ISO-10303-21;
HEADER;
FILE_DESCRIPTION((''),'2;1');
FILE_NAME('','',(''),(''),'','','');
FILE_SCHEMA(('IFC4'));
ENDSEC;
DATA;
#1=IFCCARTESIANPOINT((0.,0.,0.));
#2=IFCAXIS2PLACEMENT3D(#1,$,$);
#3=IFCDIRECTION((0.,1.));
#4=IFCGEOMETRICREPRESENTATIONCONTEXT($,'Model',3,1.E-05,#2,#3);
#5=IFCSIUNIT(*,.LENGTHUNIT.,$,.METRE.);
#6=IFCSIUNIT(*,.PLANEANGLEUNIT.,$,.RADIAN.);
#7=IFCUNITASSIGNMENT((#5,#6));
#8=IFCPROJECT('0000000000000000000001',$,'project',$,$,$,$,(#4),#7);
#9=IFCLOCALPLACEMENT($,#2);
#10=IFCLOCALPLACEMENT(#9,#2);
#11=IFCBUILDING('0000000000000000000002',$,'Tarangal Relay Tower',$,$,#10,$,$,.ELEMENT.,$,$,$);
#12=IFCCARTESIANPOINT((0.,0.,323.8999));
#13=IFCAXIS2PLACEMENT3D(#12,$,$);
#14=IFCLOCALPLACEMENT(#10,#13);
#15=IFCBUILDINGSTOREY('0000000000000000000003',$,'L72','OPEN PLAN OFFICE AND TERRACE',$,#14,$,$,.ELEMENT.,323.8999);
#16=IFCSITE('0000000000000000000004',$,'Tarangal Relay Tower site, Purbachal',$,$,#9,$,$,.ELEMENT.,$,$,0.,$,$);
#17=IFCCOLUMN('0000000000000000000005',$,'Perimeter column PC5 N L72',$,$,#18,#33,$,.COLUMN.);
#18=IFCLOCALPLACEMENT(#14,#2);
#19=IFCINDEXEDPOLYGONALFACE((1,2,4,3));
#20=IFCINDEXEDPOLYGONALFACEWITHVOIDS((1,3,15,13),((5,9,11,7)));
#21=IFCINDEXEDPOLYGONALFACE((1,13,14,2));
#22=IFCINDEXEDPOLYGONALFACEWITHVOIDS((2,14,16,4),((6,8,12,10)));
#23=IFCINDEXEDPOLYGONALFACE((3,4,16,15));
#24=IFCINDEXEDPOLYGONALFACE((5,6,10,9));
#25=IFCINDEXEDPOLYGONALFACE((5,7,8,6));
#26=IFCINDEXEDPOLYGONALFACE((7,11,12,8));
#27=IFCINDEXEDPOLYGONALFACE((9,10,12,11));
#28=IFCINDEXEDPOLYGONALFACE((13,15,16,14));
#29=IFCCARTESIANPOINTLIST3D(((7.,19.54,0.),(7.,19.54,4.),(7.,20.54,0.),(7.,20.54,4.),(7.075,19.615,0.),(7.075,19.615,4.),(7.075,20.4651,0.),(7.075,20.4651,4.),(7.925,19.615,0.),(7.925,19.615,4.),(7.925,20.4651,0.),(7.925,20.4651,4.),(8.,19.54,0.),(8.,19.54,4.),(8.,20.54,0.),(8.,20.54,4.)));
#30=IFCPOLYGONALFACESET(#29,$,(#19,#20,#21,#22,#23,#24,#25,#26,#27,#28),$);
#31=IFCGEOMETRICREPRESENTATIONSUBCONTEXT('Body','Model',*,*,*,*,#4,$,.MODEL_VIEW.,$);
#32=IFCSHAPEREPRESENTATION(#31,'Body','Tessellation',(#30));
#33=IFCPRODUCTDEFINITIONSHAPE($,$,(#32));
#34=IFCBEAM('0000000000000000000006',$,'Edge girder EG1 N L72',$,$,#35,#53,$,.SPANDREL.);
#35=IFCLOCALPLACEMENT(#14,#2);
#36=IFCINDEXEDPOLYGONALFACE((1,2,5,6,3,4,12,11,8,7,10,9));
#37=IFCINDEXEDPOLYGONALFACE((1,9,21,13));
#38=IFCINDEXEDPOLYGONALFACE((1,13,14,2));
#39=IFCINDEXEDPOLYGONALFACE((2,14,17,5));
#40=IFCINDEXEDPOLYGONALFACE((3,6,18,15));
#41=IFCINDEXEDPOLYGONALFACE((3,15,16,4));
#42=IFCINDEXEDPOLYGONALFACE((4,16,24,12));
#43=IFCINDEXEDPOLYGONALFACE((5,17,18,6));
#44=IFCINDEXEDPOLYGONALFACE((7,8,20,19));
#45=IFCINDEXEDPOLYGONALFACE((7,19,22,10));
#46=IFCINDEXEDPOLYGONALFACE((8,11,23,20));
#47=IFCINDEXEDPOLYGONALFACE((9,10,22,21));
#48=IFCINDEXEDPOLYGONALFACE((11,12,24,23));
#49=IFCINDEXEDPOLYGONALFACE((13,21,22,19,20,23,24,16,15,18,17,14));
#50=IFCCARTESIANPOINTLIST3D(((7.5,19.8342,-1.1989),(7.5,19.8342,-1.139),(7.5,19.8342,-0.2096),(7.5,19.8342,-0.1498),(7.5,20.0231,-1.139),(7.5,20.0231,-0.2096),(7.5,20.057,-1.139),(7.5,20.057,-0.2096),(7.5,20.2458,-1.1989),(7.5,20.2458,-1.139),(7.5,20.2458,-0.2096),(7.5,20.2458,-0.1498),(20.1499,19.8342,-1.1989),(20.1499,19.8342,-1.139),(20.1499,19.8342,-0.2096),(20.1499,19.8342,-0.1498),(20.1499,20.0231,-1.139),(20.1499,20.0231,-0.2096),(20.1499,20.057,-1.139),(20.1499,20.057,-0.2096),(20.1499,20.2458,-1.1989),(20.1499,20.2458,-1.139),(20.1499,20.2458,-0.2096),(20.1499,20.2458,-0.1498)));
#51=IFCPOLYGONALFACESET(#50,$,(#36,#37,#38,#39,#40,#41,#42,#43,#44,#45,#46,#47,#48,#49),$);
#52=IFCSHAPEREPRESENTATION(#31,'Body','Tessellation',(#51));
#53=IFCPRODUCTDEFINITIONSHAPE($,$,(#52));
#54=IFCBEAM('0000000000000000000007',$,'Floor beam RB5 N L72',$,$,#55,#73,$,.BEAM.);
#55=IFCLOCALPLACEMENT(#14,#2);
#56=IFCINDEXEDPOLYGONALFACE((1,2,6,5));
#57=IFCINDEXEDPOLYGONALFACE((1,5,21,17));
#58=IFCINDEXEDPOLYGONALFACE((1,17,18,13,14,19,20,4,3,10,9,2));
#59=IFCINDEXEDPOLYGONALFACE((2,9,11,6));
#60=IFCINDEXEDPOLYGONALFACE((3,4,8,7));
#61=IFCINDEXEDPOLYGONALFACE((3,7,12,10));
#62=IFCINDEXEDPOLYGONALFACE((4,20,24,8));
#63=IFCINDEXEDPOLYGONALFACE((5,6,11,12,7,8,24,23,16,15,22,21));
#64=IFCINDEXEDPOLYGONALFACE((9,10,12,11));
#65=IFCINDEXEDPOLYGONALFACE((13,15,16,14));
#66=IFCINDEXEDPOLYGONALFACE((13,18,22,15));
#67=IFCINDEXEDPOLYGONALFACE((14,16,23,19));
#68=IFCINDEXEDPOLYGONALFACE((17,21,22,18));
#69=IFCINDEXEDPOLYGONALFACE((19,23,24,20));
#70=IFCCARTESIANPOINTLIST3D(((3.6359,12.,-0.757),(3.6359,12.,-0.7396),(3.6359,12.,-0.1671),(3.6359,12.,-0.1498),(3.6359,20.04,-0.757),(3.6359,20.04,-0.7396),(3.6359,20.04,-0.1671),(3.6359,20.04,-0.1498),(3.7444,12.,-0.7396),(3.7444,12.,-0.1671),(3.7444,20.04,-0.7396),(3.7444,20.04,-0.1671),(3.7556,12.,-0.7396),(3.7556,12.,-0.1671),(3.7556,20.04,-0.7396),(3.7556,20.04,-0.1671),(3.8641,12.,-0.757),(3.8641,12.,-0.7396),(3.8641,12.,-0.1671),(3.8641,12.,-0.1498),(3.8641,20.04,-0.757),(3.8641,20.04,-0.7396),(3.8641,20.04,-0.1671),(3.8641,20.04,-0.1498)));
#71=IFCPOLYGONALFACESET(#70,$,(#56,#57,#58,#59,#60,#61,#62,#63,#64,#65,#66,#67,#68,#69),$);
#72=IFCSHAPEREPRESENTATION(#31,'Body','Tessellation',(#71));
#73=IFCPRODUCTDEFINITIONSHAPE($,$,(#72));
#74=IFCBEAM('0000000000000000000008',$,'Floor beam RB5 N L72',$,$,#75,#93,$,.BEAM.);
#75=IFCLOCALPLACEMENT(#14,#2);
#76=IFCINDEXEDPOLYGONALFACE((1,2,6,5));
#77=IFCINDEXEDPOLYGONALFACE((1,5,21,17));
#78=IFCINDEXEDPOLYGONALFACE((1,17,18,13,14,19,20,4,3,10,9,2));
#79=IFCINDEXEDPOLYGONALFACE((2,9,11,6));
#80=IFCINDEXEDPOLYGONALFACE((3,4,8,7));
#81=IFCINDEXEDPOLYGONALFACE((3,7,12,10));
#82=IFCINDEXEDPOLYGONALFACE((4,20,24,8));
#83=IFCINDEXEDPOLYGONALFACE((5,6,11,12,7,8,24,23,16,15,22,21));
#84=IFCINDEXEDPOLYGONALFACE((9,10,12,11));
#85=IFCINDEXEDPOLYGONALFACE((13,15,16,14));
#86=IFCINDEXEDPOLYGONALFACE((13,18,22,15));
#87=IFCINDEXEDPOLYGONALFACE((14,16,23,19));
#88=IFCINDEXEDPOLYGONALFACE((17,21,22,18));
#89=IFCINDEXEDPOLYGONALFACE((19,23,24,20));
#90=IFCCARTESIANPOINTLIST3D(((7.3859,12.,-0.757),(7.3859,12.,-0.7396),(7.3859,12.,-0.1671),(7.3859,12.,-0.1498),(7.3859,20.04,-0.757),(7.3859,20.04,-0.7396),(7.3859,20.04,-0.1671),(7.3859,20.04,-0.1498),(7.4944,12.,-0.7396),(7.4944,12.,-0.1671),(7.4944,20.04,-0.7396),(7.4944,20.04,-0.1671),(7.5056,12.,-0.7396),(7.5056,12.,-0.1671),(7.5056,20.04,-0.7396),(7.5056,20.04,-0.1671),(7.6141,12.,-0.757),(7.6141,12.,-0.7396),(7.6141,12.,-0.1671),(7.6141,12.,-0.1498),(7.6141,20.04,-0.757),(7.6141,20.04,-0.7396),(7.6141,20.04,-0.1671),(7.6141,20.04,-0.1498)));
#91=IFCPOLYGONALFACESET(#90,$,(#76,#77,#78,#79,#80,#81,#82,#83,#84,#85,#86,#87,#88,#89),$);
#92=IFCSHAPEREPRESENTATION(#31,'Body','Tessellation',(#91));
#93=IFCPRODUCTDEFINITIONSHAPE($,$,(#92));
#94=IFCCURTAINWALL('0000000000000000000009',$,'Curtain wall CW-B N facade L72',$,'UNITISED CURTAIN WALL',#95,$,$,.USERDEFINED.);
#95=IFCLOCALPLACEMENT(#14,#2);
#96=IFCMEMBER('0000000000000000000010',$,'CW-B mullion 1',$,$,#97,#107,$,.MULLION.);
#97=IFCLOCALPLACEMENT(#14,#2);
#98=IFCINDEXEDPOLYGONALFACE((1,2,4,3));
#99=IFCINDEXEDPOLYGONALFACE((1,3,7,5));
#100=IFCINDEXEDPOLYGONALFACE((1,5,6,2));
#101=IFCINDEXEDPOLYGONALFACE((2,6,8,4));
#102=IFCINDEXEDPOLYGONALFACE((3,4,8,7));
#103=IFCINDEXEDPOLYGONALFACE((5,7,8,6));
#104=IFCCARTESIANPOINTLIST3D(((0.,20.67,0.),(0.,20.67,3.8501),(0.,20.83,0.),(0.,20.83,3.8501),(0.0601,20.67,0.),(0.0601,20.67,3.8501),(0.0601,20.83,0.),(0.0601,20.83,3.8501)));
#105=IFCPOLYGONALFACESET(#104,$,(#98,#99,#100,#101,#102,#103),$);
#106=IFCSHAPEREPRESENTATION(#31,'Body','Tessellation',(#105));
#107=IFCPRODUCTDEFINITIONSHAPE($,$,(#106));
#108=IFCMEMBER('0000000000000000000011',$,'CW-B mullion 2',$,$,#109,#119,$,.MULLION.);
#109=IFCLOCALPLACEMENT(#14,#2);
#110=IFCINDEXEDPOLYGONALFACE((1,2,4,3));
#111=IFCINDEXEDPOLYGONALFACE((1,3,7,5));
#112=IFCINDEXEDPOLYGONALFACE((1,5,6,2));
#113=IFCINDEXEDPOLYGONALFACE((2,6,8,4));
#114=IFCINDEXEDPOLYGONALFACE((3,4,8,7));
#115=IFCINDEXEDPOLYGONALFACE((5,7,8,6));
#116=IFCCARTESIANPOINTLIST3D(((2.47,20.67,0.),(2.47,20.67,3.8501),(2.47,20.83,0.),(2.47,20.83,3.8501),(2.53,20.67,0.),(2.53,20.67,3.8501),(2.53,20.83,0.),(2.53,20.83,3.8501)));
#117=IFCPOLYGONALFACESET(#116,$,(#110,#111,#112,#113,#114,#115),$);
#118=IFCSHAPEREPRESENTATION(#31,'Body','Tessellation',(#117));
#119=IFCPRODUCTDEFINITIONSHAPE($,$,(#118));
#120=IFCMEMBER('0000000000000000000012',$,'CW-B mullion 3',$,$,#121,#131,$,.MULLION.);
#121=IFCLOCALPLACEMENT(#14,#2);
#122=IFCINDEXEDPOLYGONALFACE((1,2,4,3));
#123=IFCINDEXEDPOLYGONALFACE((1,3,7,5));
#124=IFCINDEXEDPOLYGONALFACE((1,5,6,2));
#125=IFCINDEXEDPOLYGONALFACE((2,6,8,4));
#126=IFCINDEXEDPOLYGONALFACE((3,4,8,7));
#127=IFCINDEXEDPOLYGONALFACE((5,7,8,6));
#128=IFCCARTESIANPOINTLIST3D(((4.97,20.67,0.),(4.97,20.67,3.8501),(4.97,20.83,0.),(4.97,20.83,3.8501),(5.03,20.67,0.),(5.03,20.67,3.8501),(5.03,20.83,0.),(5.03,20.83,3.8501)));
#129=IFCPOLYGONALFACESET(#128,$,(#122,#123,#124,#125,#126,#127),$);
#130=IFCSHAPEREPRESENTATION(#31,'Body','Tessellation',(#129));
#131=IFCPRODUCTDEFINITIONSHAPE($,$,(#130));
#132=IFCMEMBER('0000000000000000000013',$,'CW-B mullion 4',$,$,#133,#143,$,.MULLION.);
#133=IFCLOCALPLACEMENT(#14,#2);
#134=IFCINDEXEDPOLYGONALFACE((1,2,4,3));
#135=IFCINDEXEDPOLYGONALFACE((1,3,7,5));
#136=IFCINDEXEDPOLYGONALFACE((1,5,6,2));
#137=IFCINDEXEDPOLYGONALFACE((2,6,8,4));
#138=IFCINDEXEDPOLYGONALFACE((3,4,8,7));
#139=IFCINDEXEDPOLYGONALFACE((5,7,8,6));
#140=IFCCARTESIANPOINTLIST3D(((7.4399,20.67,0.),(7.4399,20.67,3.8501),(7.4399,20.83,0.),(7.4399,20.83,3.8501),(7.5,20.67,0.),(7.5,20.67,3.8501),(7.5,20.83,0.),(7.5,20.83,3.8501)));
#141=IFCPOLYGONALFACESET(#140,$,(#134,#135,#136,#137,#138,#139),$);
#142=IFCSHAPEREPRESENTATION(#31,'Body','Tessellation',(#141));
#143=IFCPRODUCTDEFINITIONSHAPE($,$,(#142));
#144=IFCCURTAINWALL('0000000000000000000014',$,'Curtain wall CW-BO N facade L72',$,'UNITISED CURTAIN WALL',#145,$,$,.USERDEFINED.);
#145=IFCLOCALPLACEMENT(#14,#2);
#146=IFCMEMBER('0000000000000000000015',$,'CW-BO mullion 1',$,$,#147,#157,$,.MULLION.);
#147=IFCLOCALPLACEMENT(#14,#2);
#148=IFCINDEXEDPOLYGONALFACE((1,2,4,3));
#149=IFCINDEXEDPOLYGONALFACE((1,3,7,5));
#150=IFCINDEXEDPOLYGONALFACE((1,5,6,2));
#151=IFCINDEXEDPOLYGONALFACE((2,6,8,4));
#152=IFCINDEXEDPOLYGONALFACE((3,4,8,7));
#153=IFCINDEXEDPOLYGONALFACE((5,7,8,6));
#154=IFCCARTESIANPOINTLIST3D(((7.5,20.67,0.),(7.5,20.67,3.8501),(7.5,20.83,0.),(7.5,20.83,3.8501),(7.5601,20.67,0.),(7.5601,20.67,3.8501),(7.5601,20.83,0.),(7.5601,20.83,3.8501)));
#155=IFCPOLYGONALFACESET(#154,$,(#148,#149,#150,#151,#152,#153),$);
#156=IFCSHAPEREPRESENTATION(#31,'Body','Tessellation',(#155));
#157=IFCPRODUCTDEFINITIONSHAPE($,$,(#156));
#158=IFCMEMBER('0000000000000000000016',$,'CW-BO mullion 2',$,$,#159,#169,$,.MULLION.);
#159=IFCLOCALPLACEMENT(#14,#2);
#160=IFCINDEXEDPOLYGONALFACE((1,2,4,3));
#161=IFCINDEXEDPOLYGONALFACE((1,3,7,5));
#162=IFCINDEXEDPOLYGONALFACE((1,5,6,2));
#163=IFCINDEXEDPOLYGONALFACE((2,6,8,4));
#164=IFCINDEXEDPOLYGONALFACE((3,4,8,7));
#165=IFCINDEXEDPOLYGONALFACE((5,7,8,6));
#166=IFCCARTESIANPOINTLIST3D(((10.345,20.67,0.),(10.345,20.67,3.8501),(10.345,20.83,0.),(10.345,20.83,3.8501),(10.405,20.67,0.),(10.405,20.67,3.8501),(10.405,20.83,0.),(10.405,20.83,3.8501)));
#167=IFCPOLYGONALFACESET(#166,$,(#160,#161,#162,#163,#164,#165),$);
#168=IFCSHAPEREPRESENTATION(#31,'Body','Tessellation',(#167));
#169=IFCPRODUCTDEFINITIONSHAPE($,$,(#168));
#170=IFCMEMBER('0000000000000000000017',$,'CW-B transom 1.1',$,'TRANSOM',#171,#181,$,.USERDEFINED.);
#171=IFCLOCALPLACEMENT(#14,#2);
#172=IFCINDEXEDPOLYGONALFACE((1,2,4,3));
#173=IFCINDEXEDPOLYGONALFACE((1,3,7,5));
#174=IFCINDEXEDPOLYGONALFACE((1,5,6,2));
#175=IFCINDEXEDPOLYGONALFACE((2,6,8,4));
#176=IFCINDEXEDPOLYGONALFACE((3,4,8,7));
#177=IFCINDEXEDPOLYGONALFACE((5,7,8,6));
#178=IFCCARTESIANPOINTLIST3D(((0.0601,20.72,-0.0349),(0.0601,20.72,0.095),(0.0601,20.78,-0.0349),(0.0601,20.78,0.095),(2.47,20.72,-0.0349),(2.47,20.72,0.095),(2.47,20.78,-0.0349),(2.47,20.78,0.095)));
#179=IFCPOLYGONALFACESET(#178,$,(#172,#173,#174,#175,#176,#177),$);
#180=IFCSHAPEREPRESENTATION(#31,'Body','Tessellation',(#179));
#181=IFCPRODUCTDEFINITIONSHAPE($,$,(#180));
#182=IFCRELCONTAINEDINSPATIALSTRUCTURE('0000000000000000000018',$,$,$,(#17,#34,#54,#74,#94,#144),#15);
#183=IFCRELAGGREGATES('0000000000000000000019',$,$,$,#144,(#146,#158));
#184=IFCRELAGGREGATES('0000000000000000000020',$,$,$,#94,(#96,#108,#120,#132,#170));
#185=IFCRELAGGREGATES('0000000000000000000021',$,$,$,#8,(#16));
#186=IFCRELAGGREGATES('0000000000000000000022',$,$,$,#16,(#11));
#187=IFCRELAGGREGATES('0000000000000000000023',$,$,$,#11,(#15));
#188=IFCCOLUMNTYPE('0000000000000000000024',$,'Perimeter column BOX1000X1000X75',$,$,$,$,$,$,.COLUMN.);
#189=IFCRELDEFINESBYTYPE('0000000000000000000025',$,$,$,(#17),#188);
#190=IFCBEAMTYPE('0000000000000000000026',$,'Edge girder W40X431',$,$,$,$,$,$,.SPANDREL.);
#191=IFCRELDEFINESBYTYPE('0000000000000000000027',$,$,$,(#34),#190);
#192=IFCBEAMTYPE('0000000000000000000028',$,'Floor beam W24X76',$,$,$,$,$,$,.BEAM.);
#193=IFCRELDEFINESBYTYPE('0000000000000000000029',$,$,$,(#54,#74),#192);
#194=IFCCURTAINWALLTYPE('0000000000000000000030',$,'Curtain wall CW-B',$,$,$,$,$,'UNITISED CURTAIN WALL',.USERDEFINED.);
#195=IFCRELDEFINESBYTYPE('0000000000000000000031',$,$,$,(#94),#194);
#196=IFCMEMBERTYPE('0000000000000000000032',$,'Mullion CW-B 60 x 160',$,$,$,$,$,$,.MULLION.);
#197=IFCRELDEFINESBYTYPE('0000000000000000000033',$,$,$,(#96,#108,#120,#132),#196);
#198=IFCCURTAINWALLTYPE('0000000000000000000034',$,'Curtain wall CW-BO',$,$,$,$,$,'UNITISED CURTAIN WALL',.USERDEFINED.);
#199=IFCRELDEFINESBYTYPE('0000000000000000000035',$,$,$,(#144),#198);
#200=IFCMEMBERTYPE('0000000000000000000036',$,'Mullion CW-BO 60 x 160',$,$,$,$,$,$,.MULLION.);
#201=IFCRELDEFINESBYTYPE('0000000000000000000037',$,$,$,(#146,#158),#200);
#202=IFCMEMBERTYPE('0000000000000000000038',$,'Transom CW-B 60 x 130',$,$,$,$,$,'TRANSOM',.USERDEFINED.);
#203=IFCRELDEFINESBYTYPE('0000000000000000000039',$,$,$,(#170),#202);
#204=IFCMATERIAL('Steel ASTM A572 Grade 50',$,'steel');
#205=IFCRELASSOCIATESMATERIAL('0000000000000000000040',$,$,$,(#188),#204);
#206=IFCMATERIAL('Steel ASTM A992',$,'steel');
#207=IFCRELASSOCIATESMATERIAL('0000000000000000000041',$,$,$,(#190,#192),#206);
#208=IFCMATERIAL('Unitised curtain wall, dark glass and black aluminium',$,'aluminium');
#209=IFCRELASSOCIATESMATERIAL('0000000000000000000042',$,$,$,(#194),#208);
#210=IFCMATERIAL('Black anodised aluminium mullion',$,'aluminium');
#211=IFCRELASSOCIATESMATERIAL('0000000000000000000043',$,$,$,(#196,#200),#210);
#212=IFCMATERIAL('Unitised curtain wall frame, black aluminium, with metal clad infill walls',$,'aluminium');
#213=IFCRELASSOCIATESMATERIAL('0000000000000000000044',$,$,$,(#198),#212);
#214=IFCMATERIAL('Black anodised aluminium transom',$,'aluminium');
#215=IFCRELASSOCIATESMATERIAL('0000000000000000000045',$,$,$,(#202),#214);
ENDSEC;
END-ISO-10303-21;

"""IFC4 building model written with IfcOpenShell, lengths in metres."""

from ifc_helpers import new_model, si_unit, direction, frame, origin, origin_2d, place, context, subcontext, project, spatial, rectangle, hollow_rectangle, i_section, extrude, material, material_profile, profile_set, type_object, element, aggregate, save


model = new_model("IFC4")

# Units and contexts
model_context = context("Model", 3, precision=1e-05, world=origin(), true_north=direction((0.0, 1.0)))
body_context = subcontext(model_context, "Body", "Model", "MODEL_VIEW")
ifc_project = project(units=[si_unit("LENGTHUNIT", "METRE"), si_unit("PLANEANGLEUNIT", "RADIAN")], contexts=[model_context])

# Site, building, storey
site_placement = place(None, origin())
site = spatial("IfcSite", under=ifc_project, at=site_placement, Name="Tarangal Relay Tower site, Purbachal", CompositionType="ELEMENT", RefElevation=0.0)
building_placement = place(site_placement, origin())
building = spatial("IfcBuilding", under=site, at=building_placement, Name="Tarangal Relay Tower", CompositionType="ELEMENT")
storey_placement = place(building_placement, frame((0.0, 0.0, 323.8999)))
storey = spatial("IfcBuildingStorey", under=building, at=storey_placement, Name="L72", Description="OPEN PLAN OFFICE AND TERRACE", CompositionType="ELEMENT", Elevation=323.8999)

# Column
ifc_material_1 = material(Name="Steel ASTM A572 Grade 50", Category="steel")
ifc_material_profile_1 = material_profile(ifc_material_1, hollow_rectangle(XDim=1.0, YDim=1.0, WallThickness=0.075, at=origin_2d()), Name="BOX1000X1000X75")
ifc_profile_set_1 = profile_set([ifc_material_profile_1], Name="Steel ASTM A572 Grade 50")
column_type = type_object("IfcColumnType", Name="Perimeter column BOX1000X1000X75", PredefinedType="COLUMN", material=ifc_profile_set_1)
column_placement = place(storey_placement, frame((7.5, 20.04, 0.0), z_axis=(0.0, 0.0, 1.0), x_axis=(1.0, 0.0, 0.0)))
element("IfcColumn", 1, at=column_placement, inside=storey, type_object=column_type, Name="Perimeter column PC5 N L72", PredefinedType="COLUMN", context=body_context, shape_type="SweptSolid", body=[
    extrude(hollow_rectangle(XDim=1.0, YDim=1.0, WallThickness=0.075, at=origin_2d()), origin(), (0.0, 0.0, 1.0), 4.0),
])

# Beams
ifc_material_2 = material(Name="Steel ASTM A992", Category="steel")
ifc_material_profile_2 = material_profile(ifc_material_2, i_section(OverallWidth=0.4116, OverallDepth=1.0491, WebThickness=0.0339, FlangeThickness=0.0598, at=origin_2d()), Name="W40X431")
ifc_profile_set_2 = profile_set([ifc_material_profile_2], Name="Steel ASTM A992")
beam_type_1 = type_object("IfcBeamType", Name="Edge girder W40X431", PredefinedType="SPANDREL", material=ifc_profile_set_2)
beam_placement = place(storey_placement, frame((7.5, 20.04, -0.6743), z_axis=(1.0, 0.0, 0.0), x_axis=(0.0, 1.0, 0.0)))
element("IfcBeam", 2, at=beam_placement, inside=storey, type_object=beam_type_1, Name="Edge girder EG1 N L72", PredefinedType="SPANDREL", context=body_context, shape_type="SweptSolid", body=[
    extrude(i_section(OverallWidth=0.4116, OverallDepth=1.0491, WebThickness=0.0339, FlangeThickness=0.0598, at=origin_2d()), origin(), (0.0, 0.0, 1.0), 12.6499),
])
ifc_material_profile_3 = material_profile(ifc_material_2, i_section(OverallWidth=0.2283, OverallDepth=0.6072, WebThickness=0.0112, FlangeThickness=0.0173, at=origin_2d()), Name="W24X76")
ifc_profile_set_3 = profile_set([ifc_material_profile_3], Name="Steel ASTM A992")
beam_type_2 = type_object("IfcBeamType", Name="Floor beam W24X76", PredefinedType="BEAM", material=ifc_profile_set_3)
for number, where, z_axis, x_axis, name in (
    (3, (3.75, 12.0, -0.4534), (0.0, 1.0, 0.0), (-1.0, 0.0, 0.0), "Floor beam RB5 N L72"),
    (4, (7.5, 12.0, -0.4534), (0.0, 1.0, 0.0), (-1.0, 0.0, 0.0), "Floor beam RB5 N L72"),
):
    element("IfcBeam", number, at=place(storey_placement, frame(where, z_axis=z_axis, x_axis=x_axis)), inside=storey, type_object=beam_type_2, Name=name, PredefinedType="BEAM", context=body_context, shape_type="SweptSolid", body=[
        extrude(i_section(OverallWidth=0.2283, OverallDepth=0.6072, WebThickness=0.0112, FlangeThickness=0.0173, at=origin_2d()), origin(), (0.0, 0.0, 1.0), 8.04),
    ])

# Curtain walls, members
ifc_material_3 = material(Name="Unitised curtain wall, dark glass and black aluminium", Category="aluminium")
curtain_wall_type_1 = type_object("IfcCurtainWallType", Name="Curtain wall CW-B", ElementType="UNITISED CURTAIN WALL", PredefinedType="USERDEFINED", material=ifc_material_3)
curtain_wall_1_placement = place(storey_placement, origin())
curtain_wall_1 = element("IfcCurtainWall", 5, at=curtain_wall_1_placement, inside=storey, type_object=curtain_wall_type_1, Name="Curtain wall CW-B N facade L72", ObjectType="UNITISED CURTAIN WALL", PredefinedType="USERDEFINED")
ifc_material_4 = material(Name="Black anodised aluminium mullion", Category="aluminium")
ifc_material_profile_4 = material_profile(ifc_material_4, rectangle(XDim=0.1599, YDim=0.0601, at=origin_2d()), Name="CW-BM 60X160")
ifc_profile_set_4 = profile_set([ifc_material_profile_4], Name="Black anodised aluminium mullion")
member_type_1 = type_object("IfcMemberType", Name="Mullion CW-B 60 x 160", PredefinedType="MULLION", material=ifc_profile_set_4)
member_1_placement = place(storey_placement, frame((0.03, 20.75, 0.0), z_axis=(0.0, 0.0, 1.0), x_axis=(0.0, 1.0, 0.0)))
member_1 = element("IfcMember", 6, at=member_1_placement, type_object=member_type_1, Name="CW-B mullion 1", PredefinedType="MULLION", context=body_context, shape_type="SweptSolid", body=[
    extrude(rectangle(XDim=0.1599, YDim=0.0601, at=origin_2d()), origin(), (0.0, 0.0, 1.0), 3.8501),
])
member_2_placement = place(storey_placement, frame((2.5, 20.75, 0.0), z_axis=(0.0, 0.0, 1.0), x_axis=(0.0, 1.0, 0.0)))
member_2 = element("IfcMember", 7, at=member_2_placement, type_object=member_type_1, Name="CW-B mullion 2", PredefinedType="MULLION", context=body_context, shape_type="SweptSolid", body=[
    extrude(rectangle(XDim=0.1599, YDim=0.0601, at=origin_2d()), origin(), (0.0, 0.0, 1.0), 3.8501),
])
member_3_placement = place(storey_placement, frame((5.0, 20.75, 0.0), z_axis=(0.0, 0.0, 1.0), x_axis=(0.0, 1.0, 0.0)))
member_3 = element("IfcMember", 8, at=member_3_placement, type_object=member_type_1, Name="CW-B mullion 3", PredefinedType="MULLION", context=body_context, shape_type="SweptSolid", body=[
    extrude(rectangle(XDim=0.1599, YDim=0.0601, at=origin_2d()), origin(), (0.0, 0.0, 1.0), 3.8501),
])
member_4_placement = place(storey_placement, frame((7.47, 20.75, 0.0), z_axis=(0.0, 0.0, 1.0), x_axis=(0.0, 1.0, 0.0)))
member_4 = element("IfcMember", 9, at=member_4_placement, type_object=member_type_1, Name="CW-B mullion 4", PredefinedType="MULLION", context=body_context, shape_type="SweptSolid", body=[
    extrude(rectangle(XDim=0.1599, YDim=0.0601, at=origin_2d()), origin(), (0.0, 0.0, 1.0), 3.8501),
])
ifc_material_5 = material(Name="Unitised curtain wall frame, black aluminium, with metal clad infill walls", Category="aluminium")
curtain_wall_type_2 = type_object("IfcCurtainWallType", Name="Curtain wall CW-BO", ElementType="UNITISED CURTAIN WALL", PredefinedType="USERDEFINED", material=ifc_material_5)
curtain_wall_2_placement = place(storey_placement, origin())
curtain_wall_2 = element("IfcCurtainWall", 10, at=curtain_wall_2_placement, inside=storey, type_object=curtain_wall_type_2, Name="Curtain wall CW-BO N facade L72", ObjectType="UNITISED CURTAIN WALL", PredefinedType="USERDEFINED")
ifc_material_profile_5 = material_profile(ifc_material_4, rectangle(XDim=0.1599, YDim=0.0601, at=origin_2d()), Name="CW-BOM 60X160")
ifc_profile_set_5 = profile_set([ifc_material_profile_5], Name="Black anodised aluminium mullion")
member_type_2 = type_object("IfcMemberType", Name="Mullion CW-BO 60 x 160", PredefinedType="MULLION", material=ifc_profile_set_5)
member_5_placement = place(storey_placement, frame((7.53, 20.75, 0.0), z_axis=(0.0, 0.0, 1.0), x_axis=(0.0, 1.0, 0.0)))
member_5 = element("IfcMember", 11, at=member_5_placement, type_object=member_type_2, Name="CW-BO mullion 1", PredefinedType="MULLION", context=body_context, shape_type="SweptSolid", body=[
    extrude(rectangle(XDim=0.1599, YDim=0.0601, at=origin_2d()), origin(), (0.0, 0.0, 1.0), 3.8501),
])
member_6_placement = place(storey_placement, frame((10.375, 20.75, 0.0), z_axis=(0.0, 0.0, 1.0), x_axis=(0.0, 1.0, 0.0)))
member_6 = element("IfcMember", 12, at=member_6_placement, type_object=member_type_2, Name="CW-BO mullion 2", PredefinedType="MULLION", context=body_context, shape_type="SweptSolid", body=[
    extrude(rectangle(XDim=0.1599, YDim=0.0601, at=origin_2d()), origin(), (0.0, 0.0, 1.0), 3.8501),
])

# Member
ifc_material_6 = material(Name="Black anodised aluminium transom", Category="aluminium")
ifc_material_profile_6 = material_profile(ifc_material_6, rectangle(XDim=0.0601, YDim=0.1299, at=origin_2d()), Name="CW-BT 60X130")
ifc_profile_set_6 = profile_set([ifc_material_profile_6], Name="Black anodised aluminium transom")
member_type_3 = type_object("IfcMemberType", Name="Transom CW-B 60 x 130", ElementType="TRANSOM", PredefinedType="USERDEFINED", material=ifc_profile_set_6)
member_7_placement = place(storey_placement, frame((0.0601, 20.75, 0.03), z_axis=(1.0, 0.0, 0.0), x_axis=(0.0, 1.0, 0.0)))
member_7 = element("IfcMember", 13, at=member_7_placement, type_object=member_type_3, Name="CW-B transom 1.1", ObjectType="TRANSOM", PredefinedType="USERDEFINED", context=body_context, shape_type="SweptSolid", body=[
    extrude(rectangle(XDim=0.0601, YDim=0.1299, at=origin_2d()), origin(), (0.0, 0.0, 1.0), 2.4099),
])
aggregate(curtain_wall_2, [member_5, member_6])

aggregate(curtain_wall_1, [member_1, member_2, member_3, member_4, member_7])

save(model, "model.ifc")
